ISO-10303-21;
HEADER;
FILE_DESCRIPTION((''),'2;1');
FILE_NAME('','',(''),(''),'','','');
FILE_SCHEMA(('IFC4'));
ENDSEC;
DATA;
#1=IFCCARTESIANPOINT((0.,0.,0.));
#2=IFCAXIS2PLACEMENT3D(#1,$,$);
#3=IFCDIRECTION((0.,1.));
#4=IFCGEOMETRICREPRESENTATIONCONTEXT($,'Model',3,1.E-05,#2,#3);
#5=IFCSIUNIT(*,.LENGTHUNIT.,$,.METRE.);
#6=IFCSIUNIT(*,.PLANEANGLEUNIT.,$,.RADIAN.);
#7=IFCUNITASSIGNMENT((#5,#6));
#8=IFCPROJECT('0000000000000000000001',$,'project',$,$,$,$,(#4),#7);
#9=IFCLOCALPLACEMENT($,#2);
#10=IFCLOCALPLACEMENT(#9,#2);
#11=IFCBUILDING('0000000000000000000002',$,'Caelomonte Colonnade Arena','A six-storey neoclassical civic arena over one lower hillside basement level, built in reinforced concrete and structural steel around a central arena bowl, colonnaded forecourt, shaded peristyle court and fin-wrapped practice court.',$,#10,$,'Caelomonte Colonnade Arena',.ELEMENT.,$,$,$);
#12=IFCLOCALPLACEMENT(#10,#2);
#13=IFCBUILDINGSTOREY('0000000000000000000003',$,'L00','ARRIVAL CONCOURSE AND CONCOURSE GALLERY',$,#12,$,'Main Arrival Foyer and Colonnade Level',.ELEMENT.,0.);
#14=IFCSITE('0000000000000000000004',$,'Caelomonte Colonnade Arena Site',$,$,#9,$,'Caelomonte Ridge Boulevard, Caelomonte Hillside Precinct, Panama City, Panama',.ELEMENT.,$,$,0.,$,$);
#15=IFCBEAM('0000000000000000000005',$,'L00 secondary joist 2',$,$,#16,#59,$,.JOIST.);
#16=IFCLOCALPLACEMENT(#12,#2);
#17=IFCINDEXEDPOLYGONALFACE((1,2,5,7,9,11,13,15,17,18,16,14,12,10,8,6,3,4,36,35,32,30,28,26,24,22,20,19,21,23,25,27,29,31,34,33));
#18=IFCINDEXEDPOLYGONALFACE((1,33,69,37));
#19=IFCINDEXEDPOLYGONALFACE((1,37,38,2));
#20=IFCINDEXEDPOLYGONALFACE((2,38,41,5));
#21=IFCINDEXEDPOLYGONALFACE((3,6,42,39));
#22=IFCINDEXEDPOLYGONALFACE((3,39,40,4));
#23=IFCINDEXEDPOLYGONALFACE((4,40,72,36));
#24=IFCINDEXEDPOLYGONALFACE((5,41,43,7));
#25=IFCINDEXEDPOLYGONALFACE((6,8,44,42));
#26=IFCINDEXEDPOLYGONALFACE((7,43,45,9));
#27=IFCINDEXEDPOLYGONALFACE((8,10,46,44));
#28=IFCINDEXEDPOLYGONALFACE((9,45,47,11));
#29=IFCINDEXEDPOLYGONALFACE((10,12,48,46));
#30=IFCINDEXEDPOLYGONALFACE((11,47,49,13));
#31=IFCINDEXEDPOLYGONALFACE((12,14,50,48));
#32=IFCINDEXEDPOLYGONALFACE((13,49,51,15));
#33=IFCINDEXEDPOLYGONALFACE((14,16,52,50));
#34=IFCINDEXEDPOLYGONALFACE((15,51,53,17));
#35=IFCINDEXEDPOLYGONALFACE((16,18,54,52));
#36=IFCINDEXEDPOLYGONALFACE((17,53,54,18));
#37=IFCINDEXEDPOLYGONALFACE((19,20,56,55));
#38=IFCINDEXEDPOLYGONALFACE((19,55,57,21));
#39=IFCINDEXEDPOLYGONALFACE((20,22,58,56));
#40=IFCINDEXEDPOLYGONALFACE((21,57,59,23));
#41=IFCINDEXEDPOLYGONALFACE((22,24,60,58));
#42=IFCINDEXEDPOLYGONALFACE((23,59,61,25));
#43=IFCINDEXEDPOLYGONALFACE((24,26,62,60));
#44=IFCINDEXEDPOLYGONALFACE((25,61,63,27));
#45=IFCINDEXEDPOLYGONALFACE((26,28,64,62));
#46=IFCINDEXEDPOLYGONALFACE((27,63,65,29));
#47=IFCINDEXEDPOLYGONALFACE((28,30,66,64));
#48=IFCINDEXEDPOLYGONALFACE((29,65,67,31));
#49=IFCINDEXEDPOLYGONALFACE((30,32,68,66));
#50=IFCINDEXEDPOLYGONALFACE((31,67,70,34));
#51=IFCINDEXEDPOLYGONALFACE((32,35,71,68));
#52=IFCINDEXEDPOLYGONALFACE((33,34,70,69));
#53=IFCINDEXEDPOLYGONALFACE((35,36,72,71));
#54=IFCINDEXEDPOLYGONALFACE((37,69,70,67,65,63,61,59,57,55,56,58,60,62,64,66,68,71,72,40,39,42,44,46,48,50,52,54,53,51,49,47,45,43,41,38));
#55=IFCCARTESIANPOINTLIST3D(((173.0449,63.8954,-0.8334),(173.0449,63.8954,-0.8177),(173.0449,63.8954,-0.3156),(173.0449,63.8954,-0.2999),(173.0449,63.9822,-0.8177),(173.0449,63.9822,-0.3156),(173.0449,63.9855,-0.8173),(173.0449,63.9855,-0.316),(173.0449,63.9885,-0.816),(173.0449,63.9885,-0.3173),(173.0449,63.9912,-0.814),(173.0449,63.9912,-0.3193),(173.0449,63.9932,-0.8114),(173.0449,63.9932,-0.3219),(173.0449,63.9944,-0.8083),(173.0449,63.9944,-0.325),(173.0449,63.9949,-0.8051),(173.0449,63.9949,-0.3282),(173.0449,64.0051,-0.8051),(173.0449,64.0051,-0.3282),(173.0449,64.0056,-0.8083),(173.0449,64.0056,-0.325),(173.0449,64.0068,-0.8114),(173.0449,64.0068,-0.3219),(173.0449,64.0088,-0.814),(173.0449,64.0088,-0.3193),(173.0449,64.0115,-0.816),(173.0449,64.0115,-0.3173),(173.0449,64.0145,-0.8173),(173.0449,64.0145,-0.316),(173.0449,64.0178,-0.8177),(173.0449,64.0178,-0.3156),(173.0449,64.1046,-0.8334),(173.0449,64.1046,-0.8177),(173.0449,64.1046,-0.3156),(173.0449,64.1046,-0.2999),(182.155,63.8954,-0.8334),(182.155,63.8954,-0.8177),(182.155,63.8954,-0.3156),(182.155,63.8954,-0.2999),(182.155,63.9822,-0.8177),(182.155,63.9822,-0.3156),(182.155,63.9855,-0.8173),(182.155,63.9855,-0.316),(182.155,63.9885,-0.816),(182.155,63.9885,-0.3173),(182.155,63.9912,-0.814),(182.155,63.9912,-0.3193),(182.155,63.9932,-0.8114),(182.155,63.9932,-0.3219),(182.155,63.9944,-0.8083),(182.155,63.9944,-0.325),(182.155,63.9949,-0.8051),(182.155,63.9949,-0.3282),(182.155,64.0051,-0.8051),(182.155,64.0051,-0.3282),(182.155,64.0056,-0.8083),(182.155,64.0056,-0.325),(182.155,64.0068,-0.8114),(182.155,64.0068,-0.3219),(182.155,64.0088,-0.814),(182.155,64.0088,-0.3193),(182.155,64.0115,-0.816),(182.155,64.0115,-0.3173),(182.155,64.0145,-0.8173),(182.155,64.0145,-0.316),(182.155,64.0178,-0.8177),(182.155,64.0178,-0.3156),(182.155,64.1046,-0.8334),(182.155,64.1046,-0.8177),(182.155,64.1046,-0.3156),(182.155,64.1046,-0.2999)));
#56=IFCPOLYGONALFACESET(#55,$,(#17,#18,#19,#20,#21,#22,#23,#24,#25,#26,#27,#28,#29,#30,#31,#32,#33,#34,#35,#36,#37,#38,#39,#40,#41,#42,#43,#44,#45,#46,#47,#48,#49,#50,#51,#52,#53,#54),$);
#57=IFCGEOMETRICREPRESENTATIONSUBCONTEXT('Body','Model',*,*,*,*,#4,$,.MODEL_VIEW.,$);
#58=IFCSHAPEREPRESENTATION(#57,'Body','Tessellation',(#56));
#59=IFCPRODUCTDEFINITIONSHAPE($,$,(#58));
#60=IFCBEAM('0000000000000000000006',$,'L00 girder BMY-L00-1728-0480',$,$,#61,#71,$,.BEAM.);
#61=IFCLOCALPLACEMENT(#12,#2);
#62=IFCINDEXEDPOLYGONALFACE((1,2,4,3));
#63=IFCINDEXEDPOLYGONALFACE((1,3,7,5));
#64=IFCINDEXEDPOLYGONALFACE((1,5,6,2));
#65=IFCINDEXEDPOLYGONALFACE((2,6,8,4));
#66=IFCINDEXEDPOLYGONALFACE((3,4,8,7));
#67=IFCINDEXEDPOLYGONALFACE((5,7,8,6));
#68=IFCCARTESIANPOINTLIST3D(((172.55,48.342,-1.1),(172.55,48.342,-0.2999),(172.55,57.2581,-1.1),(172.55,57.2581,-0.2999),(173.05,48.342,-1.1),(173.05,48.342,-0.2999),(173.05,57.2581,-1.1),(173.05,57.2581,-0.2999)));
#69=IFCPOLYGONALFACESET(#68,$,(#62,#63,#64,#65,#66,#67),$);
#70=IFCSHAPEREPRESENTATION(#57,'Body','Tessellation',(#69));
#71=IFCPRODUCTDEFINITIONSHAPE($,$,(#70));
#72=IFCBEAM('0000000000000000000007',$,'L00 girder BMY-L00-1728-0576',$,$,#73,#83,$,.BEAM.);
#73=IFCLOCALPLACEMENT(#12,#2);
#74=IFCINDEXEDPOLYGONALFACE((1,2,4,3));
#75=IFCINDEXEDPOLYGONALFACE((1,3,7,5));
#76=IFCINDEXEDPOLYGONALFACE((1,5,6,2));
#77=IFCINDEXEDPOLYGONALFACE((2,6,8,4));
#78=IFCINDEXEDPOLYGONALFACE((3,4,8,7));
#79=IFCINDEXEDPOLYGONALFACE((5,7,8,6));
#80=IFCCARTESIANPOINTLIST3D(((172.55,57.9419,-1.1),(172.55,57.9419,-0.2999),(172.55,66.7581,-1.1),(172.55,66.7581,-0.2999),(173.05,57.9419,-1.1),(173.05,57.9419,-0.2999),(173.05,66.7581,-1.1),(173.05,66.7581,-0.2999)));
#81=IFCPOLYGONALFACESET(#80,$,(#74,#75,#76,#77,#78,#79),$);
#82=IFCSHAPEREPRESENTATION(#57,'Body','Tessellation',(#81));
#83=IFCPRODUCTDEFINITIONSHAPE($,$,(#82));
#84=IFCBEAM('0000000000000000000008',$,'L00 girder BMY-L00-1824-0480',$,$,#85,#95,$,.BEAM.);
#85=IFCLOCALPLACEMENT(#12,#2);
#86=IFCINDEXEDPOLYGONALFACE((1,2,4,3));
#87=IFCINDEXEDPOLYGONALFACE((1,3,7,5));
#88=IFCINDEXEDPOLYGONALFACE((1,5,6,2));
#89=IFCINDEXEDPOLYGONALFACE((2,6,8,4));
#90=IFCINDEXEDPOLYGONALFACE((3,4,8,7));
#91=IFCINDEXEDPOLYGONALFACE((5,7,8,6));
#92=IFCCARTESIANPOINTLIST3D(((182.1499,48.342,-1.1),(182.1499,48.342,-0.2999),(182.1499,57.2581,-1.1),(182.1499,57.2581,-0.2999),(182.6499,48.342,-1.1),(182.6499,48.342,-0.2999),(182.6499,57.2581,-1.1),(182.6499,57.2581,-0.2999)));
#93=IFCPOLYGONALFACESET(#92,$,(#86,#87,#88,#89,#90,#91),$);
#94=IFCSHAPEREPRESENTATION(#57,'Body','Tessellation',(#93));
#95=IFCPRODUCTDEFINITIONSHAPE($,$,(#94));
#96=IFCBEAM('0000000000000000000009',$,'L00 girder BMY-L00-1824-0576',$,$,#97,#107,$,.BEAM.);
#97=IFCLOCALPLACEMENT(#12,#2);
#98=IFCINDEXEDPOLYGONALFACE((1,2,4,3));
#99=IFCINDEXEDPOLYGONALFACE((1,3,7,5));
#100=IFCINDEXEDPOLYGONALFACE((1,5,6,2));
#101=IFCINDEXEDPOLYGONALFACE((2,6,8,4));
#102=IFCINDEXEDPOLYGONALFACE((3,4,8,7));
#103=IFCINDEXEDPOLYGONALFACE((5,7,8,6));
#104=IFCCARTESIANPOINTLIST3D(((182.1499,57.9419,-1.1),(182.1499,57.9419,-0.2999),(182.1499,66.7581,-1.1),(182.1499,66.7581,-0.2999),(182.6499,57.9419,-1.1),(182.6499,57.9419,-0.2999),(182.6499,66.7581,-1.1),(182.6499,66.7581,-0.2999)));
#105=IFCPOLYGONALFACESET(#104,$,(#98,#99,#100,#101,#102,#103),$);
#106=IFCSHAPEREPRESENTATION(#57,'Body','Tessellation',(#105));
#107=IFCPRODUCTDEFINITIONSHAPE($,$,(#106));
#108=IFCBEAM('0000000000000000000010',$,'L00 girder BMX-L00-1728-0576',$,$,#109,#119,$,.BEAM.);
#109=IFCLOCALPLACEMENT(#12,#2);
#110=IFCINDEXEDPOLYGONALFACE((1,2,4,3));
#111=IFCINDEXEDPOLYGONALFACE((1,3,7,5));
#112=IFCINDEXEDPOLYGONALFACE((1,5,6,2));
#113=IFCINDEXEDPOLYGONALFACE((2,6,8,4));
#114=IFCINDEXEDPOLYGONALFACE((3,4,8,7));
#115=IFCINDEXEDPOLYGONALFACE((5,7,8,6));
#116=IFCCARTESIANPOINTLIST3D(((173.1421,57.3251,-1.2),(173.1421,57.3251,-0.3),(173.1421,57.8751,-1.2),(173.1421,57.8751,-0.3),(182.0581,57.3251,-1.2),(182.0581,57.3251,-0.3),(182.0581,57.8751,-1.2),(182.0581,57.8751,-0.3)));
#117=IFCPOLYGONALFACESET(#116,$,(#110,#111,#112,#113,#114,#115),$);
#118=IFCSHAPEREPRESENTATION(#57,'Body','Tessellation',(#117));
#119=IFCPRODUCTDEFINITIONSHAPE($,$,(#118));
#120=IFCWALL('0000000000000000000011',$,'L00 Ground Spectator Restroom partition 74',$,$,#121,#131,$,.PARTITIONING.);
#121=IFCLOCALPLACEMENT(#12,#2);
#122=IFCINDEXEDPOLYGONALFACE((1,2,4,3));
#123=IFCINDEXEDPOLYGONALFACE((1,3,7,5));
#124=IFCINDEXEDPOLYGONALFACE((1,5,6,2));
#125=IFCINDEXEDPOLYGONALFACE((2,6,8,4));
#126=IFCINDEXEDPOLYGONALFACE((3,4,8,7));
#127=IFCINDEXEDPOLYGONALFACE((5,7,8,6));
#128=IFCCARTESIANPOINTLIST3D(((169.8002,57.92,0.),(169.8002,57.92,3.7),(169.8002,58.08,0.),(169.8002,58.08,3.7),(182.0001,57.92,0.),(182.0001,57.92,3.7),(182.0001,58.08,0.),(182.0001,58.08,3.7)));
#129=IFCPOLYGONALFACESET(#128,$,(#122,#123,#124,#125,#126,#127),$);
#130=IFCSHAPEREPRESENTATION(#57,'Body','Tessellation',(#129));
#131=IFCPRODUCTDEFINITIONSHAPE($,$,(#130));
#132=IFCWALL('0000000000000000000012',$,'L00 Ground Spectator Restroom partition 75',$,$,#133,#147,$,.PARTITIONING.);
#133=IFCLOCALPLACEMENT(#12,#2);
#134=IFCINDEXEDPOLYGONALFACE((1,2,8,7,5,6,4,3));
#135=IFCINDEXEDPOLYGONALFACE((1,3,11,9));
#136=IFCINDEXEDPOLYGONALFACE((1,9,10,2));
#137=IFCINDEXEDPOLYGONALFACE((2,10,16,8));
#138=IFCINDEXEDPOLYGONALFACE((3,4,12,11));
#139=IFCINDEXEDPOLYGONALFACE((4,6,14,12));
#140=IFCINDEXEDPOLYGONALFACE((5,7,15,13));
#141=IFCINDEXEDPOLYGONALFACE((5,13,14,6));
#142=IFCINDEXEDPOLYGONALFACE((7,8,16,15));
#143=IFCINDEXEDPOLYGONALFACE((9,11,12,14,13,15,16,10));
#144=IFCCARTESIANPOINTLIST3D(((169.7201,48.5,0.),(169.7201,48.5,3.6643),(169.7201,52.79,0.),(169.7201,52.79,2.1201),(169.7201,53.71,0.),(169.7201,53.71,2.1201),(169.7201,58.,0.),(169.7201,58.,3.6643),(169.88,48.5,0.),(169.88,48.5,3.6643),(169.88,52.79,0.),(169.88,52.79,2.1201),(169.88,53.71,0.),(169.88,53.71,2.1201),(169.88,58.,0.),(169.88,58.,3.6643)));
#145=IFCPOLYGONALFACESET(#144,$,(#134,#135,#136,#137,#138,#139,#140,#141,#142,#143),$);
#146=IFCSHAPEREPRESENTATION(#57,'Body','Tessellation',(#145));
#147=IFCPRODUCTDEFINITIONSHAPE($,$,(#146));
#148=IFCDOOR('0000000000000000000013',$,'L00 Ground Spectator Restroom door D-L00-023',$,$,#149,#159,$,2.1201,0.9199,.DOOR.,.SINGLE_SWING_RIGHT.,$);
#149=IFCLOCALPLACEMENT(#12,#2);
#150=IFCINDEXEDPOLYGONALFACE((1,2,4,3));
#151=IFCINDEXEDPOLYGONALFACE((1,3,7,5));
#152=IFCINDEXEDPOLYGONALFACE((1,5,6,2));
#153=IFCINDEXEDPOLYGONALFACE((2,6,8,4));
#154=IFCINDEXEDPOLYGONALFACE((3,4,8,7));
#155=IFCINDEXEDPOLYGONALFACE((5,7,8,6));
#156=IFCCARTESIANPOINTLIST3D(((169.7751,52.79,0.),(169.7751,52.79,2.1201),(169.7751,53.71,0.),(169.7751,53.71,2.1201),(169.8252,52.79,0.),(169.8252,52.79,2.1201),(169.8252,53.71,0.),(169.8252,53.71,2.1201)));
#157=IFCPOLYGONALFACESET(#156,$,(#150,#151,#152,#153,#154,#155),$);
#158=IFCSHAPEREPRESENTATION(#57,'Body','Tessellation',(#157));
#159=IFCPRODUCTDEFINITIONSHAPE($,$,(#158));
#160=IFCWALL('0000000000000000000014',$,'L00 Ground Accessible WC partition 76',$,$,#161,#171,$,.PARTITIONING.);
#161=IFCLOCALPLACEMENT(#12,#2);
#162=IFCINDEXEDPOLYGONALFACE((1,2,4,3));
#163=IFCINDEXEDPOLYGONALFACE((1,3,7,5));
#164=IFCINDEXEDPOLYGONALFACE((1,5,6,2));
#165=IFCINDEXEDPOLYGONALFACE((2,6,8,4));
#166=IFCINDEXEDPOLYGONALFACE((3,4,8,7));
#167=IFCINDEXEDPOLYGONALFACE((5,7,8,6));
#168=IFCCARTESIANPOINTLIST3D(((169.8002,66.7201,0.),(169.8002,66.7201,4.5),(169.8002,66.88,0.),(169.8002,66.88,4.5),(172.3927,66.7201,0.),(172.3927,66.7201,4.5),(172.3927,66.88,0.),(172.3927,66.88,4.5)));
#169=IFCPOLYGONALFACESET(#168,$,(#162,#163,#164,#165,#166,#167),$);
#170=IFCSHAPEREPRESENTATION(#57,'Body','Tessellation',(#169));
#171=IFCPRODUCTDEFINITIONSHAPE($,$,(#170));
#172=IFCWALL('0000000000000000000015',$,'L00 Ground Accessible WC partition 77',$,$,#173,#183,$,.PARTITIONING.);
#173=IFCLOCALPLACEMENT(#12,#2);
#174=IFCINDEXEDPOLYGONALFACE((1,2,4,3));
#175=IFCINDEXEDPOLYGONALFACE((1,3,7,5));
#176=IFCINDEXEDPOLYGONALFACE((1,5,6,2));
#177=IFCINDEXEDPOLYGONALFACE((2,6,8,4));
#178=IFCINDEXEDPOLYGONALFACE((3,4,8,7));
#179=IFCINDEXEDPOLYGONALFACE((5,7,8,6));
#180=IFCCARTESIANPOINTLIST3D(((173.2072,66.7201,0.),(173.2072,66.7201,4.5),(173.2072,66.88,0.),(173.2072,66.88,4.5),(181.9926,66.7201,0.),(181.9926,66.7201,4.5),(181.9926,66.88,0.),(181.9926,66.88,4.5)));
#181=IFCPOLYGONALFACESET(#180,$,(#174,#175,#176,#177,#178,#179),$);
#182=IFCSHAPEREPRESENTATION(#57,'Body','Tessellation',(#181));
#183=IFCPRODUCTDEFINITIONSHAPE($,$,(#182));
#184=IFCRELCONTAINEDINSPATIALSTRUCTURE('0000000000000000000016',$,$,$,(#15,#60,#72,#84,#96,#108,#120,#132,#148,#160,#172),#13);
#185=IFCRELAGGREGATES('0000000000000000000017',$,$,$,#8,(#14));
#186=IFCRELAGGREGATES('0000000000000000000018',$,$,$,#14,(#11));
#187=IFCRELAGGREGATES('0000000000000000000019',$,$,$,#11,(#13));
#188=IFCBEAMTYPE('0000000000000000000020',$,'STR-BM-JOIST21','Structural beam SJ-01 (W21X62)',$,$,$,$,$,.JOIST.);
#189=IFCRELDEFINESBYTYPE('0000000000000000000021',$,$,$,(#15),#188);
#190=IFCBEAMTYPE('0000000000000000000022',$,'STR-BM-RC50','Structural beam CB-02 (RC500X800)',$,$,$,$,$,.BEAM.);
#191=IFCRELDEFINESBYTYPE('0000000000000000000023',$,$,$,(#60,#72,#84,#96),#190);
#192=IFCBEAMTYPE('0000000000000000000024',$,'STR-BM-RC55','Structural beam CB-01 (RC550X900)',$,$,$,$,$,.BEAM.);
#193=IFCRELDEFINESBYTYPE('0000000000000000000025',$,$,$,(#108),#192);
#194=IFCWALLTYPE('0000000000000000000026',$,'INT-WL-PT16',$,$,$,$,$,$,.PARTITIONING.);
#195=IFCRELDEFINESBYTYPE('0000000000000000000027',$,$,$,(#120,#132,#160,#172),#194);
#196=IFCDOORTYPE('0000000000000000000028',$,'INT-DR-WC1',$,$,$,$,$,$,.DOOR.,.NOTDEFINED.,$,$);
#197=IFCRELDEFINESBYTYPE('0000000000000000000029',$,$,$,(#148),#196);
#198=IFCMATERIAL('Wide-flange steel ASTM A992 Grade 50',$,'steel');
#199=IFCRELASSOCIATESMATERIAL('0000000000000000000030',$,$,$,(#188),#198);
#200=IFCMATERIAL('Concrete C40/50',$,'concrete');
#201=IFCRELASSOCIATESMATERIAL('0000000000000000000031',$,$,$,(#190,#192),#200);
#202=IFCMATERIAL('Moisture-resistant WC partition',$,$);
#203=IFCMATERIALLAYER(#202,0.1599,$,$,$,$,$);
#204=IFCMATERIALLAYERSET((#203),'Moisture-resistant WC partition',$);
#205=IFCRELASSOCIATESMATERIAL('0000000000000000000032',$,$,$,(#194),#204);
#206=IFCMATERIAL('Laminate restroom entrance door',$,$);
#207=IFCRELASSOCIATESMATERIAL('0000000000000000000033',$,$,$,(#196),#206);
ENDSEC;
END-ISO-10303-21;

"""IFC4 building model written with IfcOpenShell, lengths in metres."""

from ifc_helpers import new_model, si_unit, direction, frame, frame_2d, origin, origin_2d, place, context, subcontext, project, spatial, rectangle, i_section, extrude, material, layer, layer_set, material_profile, profile_set, type_object, element, fill, save


model = new_model("IFC4")

# Units and contexts
model_context = context("Model", 3, precision=1e-05, world=origin(), true_north=direction((0.0, 1.0)))
body_context = subcontext(model_context, "Body", "Model", "MODEL_VIEW")
ifc_project = project(units=[si_unit("LENGTHUNIT", "METRE"), si_unit("PLANEANGLEUNIT", "RADIAN")], contexts=[model_context])

# Site, building, storey
site_placement = place(None, origin())
site = spatial("IfcSite", under=ifc_project, at=site_placement, Name="Caelomonte Colonnade Arena Site", LongName="Caelomonte Ridge Boulevard, Caelomonte Hillside Precinct, Panama City, Panama", CompositionType="ELEMENT", RefElevation=0.0)
building_placement = place(site_placement, origin())
building = spatial("IfcBuilding", under=site, at=building_placement, Name="Caelomonte Colonnade Arena", Description="A six-storey neoclassical civic arena over one lower hillside basement level, built in reinforced concrete and structural steel around a central arena bowl, colonnaded forecourt, shaded peristyle court and fin-wrapped practice court.", LongName="Caelomonte Colonnade Arena", CompositionType="ELEMENT")
storey_placement = place(building_placement, origin())
storey = spatial("IfcBuildingStorey", under=building, at=storey_placement, Name="L00", Description="ARRIVAL CONCOURSE AND CONCOURSE GALLERY", LongName="Main Arrival Foyer and Colonnade Level", CompositionType="ELEMENT", Elevation=0.0)

# Shared definitions
ifc_material_1 = material(Name="Concrete C40/50", Category="concrete")
ifc_material_2 = material(Name="Wide-flange steel ASTM A992 Grade 50", Category="steel")

# Beams
ifc_material_profile_1 = material_profile(ifc_material_2, i_section(OverallWidth=0.2092, OverallDepth=0.5334, WebThickness=0.0103, FlangeThickness=0.0156, FilletRadius=0.0127, at=origin_2d()), Name="W21X62")
ifc_profile_set_1 = profile_set([ifc_material_profile_1], Name="Wide-flange steel ASTM A992 Grade 50")
beam_type_1 = type_object("IfcBeamType", Name="STR-BM-JOIST21", Description="Structural beam SJ-01 (W21X62)", PredefinedType="JOIST", material=ifc_profile_set_1)
for number, where, z_axis, x_axis, name in (
    (1, (173.0449, 64.0, -0.5667), (1.0, 0.0, 0.0), (0.0, 1.0, 0.0), "L00 secondary joist 2"),
):
    element("IfcBeam", number, at=place(storey_placement, frame(where, z_axis=z_axis, x_axis=x_axis)), inside=storey, type_object=beam_type_1, Name=name, PredefinedType="JOIST", context=body_context, shape_type="SweptSolid", body=[
        extrude(i_section(OverallWidth=0.2092, OverallDepth=0.5334, WebThickness=0.0103, FlangeThickness=0.0156, FilletRadius=0.0127, at=origin_2d()), origin(), (0.0, 0.0, 1.0), 9.1101),
    ])
ifc_material_profile_2 = material_profile(ifc_material_1, rectangle(XDim=0.5, YDim=0.8, at=origin_2d()), Name="RC500X800")
ifc_profile_set_2 = profile_set([ifc_material_profile_2], Name="Concrete C40/50")
beam_type_2 = type_object("IfcBeamType", Name="STR-BM-RC50", Description="Structural beam CB-02 (RC500X800)", PredefinedType="BEAM", material=ifc_profile_set_2)
beam_1_placement = place(storey_placement, frame((172.8, 48.342, -0.7), z_axis=(0.0, 1.0, 0.0), x_axis=(-1.0, 0.0, 0.0)))
element("IfcBeam", 2, at=beam_1_placement, inside=storey, type_object=beam_type_2, Name="L00 girder BMY-L00-1728-0480", PredefinedType="BEAM", context=body_context, shape_type="SweptSolid", body=[
    extrude(rectangle(XDim=0.5, YDim=0.8, at=origin_2d()), origin(), (0.0, 0.0, 1.0), 8.916),
])
beam_2_placement = place(storey_placement, frame((172.8, 57.9419, -0.7), z_axis=(0.0, 1.0, 0.0), x_axis=(-1.0, 0.0, 0.0)))
element("IfcBeam", 3, at=beam_2_placement, inside=storey, type_object=beam_type_2, Name="L00 girder BMY-L00-1728-0576", PredefinedType="BEAM", context=body_context, shape_type="SweptSolid", body=[
    extrude(rectangle(XDim=0.5, YDim=0.8, at=origin_2d()), origin(), (0.0, 0.0, 1.0), 8.8162),
])
beam_3_placement = place(storey_placement, frame((182.3999, 48.342, -0.7), z_axis=(0.0, 1.0, 0.0), x_axis=(-1.0, 0.0, 0.0)))
element("IfcBeam", 4, at=beam_3_placement, inside=storey, type_object=beam_type_2, Name="L00 girder BMY-L00-1824-0480", PredefinedType="BEAM", context=body_context, shape_type="SweptSolid", body=[
    extrude(rectangle(XDim=0.5, YDim=0.8, at=origin_2d()), origin(), (0.0, 0.0, 1.0), 8.916),
])
beam_4_placement = place(storey_placement, frame((182.3999, 57.9419, -0.7), z_axis=(0.0, 1.0, 0.0), x_axis=(-1.0, 0.0, 0.0)))
element("IfcBeam", 5, at=beam_4_placement, inside=storey, type_object=beam_type_2, Name="L00 girder BMY-L00-1824-0576", PredefinedType="BEAM", context=body_context, shape_type="SweptSolid", body=[
    extrude(rectangle(XDim=0.5, YDim=0.8, at=origin_2d()), origin(), (0.0, 0.0, 1.0), 8.8162),
])
ifc_material_profile_3 = material_profile(ifc_material_1, rectangle(XDim=0.55, YDim=0.8999, at=origin_2d()), Name="RC550X900")
ifc_profile_set_3 = profile_set([ifc_material_profile_3], Name="Concrete C40/50")
beam_type_3 = type_object("IfcBeamType", Name="STR-BM-RC55", Description="Structural beam CB-01 (RC550X900)", PredefinedType="BEAM", material=ifc_profile_set_3)
beam_5_placement = place(storey_placement, frame((173.1421, 57.6001, -0.75), z_axis=(1.0, 0.0, 0.0), x_axis=(0.0, 1.0, 0.0)))
element("IfcBeam", 6, at=beam_5_placement, inside=storey, type_object=beam_type_3, Name="L00 girder BMX-L00-1728-0576", PredefinedType="BEAM", context=body_context, shape_type="SweptSolid", body=[
    extrude(rectangle(XDim=0.55, YDim=0.8999, at=origin_2d()), origin(), (0.0, 0.0, 1.0), 8.916),
])

# Wall
ifc_material_3 = material(Name="Moisture-resistant WC partition")
ifc_layer_1 = layer(ifc_material_3, 0.1599)
ifc_layer_set_1 = layer_set([ifc_layer_1], Name="Moisture-resistant WC partition")
wall_type_1 = type_object("IfcWallType", Name="INT-WL-PT16", PredefinedType="PARTITIONING", material=ifc_layer_set_1)
wall_1_placement = place(storey_placement, frame((169.8, 58.0, 0.0), z_axis=(0.0, 0.0, 1.0), x_axis=(1.0, 0.0, 0.0)))
element("IfcWall", 7, at=wall_1_placement, inside=storey, type_object=wall_type_1, Name="L00 Ground Spectator Restroom partition 74", PredefinedType="PARTITIONING", context=body_context, shape_type="SweptSolid", body=[
    extrude(rectangle(XDim=12.2, YDim=0.1599, at=frame_2d((6.1001, 0.0))), origin(), (0.0, 0.0, 1.0), 3.7),
])

# Wall, opening, door
wall_2_placement = place(storey_placement, frame((169.8, 48.5, 0.0), z_axis=(0.0, 0.0, 1.0), x_axis=(0.0, 1.0, 0.0)))
wall_2 = element("IfcWall", 8, at=wall_2_placement, inside=storey, type_object=wall_type_1, Name="L00 Ground Spectator Restroom partition 75", PredefinedType="PARTITIONING", context=body_context, shape_type="SweptSolid", body=[
    extrude(rectangle(XDim=9.5, YDim=0.1599, at=frame_2d((4.75, 0.0))), origin(), (0.0, 0.0, 1.0), 3.6643),
])
opening_1_placement = place(wall_2_placement, frame((4.29, 0.0, 0.0), z_axis=(0.0, 0.0, 1.0), x_axis=(1.0, 0.0, 0.0)))
opening_1 = element("IfcOpeningElement", 9, at=opening_1_placement, cuts=wall_2, PredefinedType="OPENING", context=body_context, shape_type="SweptSolid", body=[
    extrude(rectangle(XDim=0.9199, YDim=2.1201, at=frame_2d((0.46, 1.0601))), frame((0.0, 0.0898, 0.0), z_axis=(0.0, -1.0, 0.0), x_axis=(1.0, 0.0, 0.0)), (0.0, 0.0, 1.0), 0.1799),
])
ifc_material_4 = material(Name="Laminate restroom entrance door")
door_type_1 = type_object("IfcDoorType", Name="INT-DR-WC1", OperationType="NOTDEFINED", PredefinedType="DOOR", material=ifc_material_4)
door_1_placement = place(opening_1_placement, origin())
door_1 = element("IfcDoor", 10, at=door_1_placement, inside=storey, type_object=door_type_1, Name="L00 Ground Spectator Restroom door D-L00-023", OperationType="SINGLE_SWING_RIGHT", OverallHeight=2.1201, OverallWidth=0.9199, PredefinedType="DOOR", context=body_context, shape_type="SweptSolid", body=[
    extrude(rectangle(XDim=0.9199, YDim=2.1201, at=frame_2d((0.46, 1.0601))), frame((0.0, 0.0249, 0.0), z_axis=(0.0, -1.0, 0.0), x_axis=(1.0, 0.0, 0.0)), (0.0, 0.0, 1.0), 0.05),
])
fill(opening_1, door_1)

# Walls
wall_3_placement = place(storey_placement, frame((169.8, 66.8, 0.0), z_axis=(0.0, 0.0, 1.0), x_axis=(1.0, 0.0, 0.0)))
element("IfcWall", 11, at=wall_3_placement, inside=storey, type_object=wall_type_1, Name="L00 Ground Accessible WC partition 76", PredefinedType="PARTITIONING", context=body_context, shape_type="SweptSolid", body=[
    extrude(rectangle(XDim=2.5925, YDim=0.1599, at=frame_2d((1.2964, 0.0))), origin(), (0.0, 0.0, 1.0), 4.5),
])
wall_4_placement = place(storey_placement, frame((173.2073, 66.8, 0.0), z_axis=(0.0, 0.0, 1.0), x_axis=(1.0, 0.0, 0.0)))
element("IfcWall", 12, at=wall_4_placement, inside=storey, type_object=wall_type_1, Name="L00 Ground Accessible WC partition 77", PredefinedType="PARTITIONING", context=body_context, shape_type="SweptSolid", body=[
    extrude(rectangle(XDim=8.7854, YDim=0.1599, at=frame_2d((4.3926, 0.0))), origin(), (0.0, 0.0, 1.0), 4.5),
])

save(model, "model.ifc")
